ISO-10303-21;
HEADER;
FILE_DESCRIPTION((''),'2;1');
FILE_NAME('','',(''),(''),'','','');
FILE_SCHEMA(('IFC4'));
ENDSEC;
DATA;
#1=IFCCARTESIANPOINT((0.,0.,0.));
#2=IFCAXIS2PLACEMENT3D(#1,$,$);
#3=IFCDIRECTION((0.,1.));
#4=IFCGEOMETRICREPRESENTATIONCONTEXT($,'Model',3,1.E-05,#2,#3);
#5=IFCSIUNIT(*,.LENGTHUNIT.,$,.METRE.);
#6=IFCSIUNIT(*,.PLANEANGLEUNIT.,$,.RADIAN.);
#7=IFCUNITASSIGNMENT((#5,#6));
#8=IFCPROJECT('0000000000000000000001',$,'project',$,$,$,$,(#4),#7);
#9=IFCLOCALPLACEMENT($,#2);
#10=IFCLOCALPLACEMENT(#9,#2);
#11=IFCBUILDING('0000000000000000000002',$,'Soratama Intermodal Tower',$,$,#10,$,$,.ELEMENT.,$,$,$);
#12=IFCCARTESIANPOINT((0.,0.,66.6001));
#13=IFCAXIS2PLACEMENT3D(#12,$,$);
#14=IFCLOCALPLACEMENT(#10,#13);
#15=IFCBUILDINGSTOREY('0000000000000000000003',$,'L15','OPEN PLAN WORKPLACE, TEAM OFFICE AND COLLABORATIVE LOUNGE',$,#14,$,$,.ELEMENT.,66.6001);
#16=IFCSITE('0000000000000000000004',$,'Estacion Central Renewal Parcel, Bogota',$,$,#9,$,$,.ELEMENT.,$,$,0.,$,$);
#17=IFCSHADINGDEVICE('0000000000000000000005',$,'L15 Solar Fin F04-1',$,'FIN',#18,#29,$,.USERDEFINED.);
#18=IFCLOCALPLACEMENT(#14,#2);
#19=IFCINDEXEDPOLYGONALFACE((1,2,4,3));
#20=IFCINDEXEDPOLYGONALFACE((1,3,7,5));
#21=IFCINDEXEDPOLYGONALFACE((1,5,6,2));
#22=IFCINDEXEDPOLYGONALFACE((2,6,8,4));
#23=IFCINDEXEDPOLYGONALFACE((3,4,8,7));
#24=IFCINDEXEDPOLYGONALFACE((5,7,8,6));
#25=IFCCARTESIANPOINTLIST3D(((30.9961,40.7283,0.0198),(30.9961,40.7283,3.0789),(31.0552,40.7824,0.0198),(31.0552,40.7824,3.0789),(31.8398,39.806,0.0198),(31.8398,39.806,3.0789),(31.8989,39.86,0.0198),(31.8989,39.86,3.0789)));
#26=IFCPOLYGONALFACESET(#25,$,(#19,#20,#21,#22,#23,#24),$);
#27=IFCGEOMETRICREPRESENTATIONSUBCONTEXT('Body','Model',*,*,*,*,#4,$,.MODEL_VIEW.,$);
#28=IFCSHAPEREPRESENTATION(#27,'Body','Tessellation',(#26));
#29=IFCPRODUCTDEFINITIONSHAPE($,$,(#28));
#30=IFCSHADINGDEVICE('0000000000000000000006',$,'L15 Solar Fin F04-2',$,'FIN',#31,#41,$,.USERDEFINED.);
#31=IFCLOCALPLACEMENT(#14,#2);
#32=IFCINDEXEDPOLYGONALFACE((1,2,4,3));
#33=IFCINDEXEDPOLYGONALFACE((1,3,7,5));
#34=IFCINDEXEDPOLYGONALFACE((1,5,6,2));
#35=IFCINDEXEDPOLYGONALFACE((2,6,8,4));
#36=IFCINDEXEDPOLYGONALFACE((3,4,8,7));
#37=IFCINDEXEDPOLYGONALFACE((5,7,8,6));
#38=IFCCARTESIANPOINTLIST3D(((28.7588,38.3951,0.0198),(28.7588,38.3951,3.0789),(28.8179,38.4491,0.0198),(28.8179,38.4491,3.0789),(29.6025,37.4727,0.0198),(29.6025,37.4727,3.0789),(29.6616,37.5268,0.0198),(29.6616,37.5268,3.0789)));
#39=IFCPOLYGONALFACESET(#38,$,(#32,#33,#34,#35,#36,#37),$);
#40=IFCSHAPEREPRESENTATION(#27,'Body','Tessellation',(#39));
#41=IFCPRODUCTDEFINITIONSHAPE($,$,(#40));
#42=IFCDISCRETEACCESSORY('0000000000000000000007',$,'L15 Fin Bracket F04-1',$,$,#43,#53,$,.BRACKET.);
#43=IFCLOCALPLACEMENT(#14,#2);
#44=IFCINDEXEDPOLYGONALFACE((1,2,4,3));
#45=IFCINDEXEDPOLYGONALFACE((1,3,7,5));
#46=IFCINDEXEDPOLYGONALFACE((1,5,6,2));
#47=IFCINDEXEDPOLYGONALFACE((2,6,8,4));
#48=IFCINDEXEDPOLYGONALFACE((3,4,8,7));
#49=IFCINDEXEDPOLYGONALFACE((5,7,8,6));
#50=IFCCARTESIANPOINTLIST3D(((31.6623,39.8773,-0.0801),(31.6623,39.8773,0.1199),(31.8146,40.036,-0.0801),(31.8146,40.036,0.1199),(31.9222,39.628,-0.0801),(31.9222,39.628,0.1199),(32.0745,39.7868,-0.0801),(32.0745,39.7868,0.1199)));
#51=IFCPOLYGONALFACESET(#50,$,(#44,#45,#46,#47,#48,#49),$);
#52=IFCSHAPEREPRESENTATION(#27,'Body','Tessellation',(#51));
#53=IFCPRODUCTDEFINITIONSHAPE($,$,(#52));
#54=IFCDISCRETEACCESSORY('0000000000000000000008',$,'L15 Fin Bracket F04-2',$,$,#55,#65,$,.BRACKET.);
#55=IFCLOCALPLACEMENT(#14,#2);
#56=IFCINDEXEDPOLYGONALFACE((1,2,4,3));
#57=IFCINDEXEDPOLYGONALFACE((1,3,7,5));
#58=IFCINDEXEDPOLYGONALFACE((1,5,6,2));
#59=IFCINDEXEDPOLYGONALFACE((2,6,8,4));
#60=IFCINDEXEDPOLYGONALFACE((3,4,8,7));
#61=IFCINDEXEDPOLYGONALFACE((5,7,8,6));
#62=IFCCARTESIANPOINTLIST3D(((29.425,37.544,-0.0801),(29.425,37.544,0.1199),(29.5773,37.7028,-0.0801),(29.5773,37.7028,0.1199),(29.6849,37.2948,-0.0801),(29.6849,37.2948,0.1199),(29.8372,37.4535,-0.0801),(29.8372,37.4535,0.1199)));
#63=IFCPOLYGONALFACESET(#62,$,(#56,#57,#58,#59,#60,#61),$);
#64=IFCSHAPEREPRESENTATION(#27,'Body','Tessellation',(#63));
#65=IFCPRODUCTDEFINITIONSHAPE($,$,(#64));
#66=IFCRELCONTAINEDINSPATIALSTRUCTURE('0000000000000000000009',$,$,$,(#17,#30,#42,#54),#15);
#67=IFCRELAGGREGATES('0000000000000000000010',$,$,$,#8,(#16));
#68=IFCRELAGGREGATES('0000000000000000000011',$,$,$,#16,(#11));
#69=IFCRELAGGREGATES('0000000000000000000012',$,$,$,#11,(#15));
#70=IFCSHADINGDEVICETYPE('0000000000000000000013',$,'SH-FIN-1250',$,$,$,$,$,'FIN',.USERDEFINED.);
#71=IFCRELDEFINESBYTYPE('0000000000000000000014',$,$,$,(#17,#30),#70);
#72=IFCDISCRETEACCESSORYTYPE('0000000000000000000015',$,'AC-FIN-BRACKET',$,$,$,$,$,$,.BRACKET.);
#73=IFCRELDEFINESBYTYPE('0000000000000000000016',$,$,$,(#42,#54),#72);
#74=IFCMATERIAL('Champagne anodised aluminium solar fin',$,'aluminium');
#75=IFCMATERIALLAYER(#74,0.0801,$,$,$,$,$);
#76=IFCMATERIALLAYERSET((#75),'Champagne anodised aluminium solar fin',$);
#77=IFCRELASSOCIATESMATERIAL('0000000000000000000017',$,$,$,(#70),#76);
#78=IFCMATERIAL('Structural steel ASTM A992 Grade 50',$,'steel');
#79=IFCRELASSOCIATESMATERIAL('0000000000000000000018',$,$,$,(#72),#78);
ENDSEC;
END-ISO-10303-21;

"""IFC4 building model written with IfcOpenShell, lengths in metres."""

from ifc_helpers import new_model, si_unit, direction, frame, origin, origin_2d, place, context, subcontext, project, spatial, rectangle, extrude, material, layer, layer_set, type_object, element, save


model = new_model("IFC4")

# Units and contexts
model_context = context("Model", 3, precision=1e-05, world=origin(), true_north=direction((0.0, 1.0)))
body_context = subcontext(model_context, "Body", "Model", "MODEL_VIEW")
ifc_project = project(units=[si_unit("LENGTHUNIT", "METRE"), si_unit("PLANEANGLEUNIT", "RADIAN")], contexts=[model_context])

# Site, building, storey
site_placement = place(None, origin())
site = spatial("IfcSite", under=ifc_project, at=site_placement, Name="Estacion Central Renewal Parcel, Bogota", CompositionType="ELEMENT", RefElevation=0.0)
building_placement = place(site_placement, origin())
building = spatial("IfcBuilding", under=site, at=building_placement, Name="Soratama Intermodal Tower", CompositionType="ELEMENT")
storey_placement = place(building_placement, frame((0.0, 0.0, 66.6001)))
storey = spatial("IfcBuildingStorey", under=building, at=storey_placement, Name="L15", Description="OPEN PLAN WORKPLACE, TEAM OFFICE AND COLLABORATIVE LOUNGE", CompositionType="ELEMENT", Elevation=66.6001)

# Shading devices
ifc_material_1 = material(Name="Champagne anodised aluminium solar fin", Category="aluminium")
ifc_layer_1 = layer(ifc_material_1, 0.0801)
ifc_layer_set_1 = layer_set([ifc_layer_1], Name="Champagne anodised aluminium solar fin")
shading_device_type = type_object("IfcShadingDeviceType", Name="SH-FIN-1250", ElementType="FIN", PredefinedType="USERDEFINED", material=ifc_layer_set_1)
for number, where, z_axis, x_axis, name in (
    (1, (31.4475, 40.2942, 0.0198), (0.0, 0.0, 1.0), (-0.674947, 0.737867, 0.0), "L15 Solar Fin F04-1"),
    (2, (29.2102, 37.9609, 0.0198), (0.0, 0.0, 1.0), (-0.674947, 0.737867, 0.0), "L15 Solar Fin F04-2"),
):
    element("IfcShadingDevice", number, at=place(storey_placement, frame(where, z_axis=z_axis, x_axis=x_axis)), inside=storey, type_object=shading_device_type, Name=name, ObjectType="FIN", PredefinedType="USERDEFINED", context=body_context, shape_type="SweptSolid", body=[
        extrude(rectangle(XDim=1.25, YDim=0.0801, at=origin_2d()), origin(), (0.0, 0.0, 1.0), 3.0591),
    ])

# Discrete accessories
ifc_material_2 = material(Name="Structural steel ASTM A992 Grade 50", Category="steel")
discrete_accessory_type = type_object("IfcDiscreteAccessoryType", Name="AC-FIN-BRACKET", PredefinedType="BRACKET", material=ifc_material_2)
for number, where, z_axis, x_axis, name in (
    (3, (31.8684, 39.832, -0.0801), (0.0, 0.0, 1.0), (-0.72176, 0.692143, 0.0), "L15 Fin Bracket F04-1"),
    (4, (29.6311, 37.4988, -0.0801), (0.0, 0.0, 1.0), (-0.72176, 0.692143, 0.0), "L15 Fin Bracket F04-2"),
):
    element("IfcDiscreteAccessory", number, at=place(storey_placement, frame(where, z_axis=z_axis, x_axis=x_axis)), inside=storey, type_object=discrete_accessory_type, Name=name, PredefinedType="BRACKET", context=body_context, shape_type="SweptSolid", body=[
        extrude(rectangle(XDim=0.3601, YDim=0.22, at=origin_2d()), origin(), (0.0, 0.0, 1.0), 0.2),
    ])

save(model, "model.ifc")
